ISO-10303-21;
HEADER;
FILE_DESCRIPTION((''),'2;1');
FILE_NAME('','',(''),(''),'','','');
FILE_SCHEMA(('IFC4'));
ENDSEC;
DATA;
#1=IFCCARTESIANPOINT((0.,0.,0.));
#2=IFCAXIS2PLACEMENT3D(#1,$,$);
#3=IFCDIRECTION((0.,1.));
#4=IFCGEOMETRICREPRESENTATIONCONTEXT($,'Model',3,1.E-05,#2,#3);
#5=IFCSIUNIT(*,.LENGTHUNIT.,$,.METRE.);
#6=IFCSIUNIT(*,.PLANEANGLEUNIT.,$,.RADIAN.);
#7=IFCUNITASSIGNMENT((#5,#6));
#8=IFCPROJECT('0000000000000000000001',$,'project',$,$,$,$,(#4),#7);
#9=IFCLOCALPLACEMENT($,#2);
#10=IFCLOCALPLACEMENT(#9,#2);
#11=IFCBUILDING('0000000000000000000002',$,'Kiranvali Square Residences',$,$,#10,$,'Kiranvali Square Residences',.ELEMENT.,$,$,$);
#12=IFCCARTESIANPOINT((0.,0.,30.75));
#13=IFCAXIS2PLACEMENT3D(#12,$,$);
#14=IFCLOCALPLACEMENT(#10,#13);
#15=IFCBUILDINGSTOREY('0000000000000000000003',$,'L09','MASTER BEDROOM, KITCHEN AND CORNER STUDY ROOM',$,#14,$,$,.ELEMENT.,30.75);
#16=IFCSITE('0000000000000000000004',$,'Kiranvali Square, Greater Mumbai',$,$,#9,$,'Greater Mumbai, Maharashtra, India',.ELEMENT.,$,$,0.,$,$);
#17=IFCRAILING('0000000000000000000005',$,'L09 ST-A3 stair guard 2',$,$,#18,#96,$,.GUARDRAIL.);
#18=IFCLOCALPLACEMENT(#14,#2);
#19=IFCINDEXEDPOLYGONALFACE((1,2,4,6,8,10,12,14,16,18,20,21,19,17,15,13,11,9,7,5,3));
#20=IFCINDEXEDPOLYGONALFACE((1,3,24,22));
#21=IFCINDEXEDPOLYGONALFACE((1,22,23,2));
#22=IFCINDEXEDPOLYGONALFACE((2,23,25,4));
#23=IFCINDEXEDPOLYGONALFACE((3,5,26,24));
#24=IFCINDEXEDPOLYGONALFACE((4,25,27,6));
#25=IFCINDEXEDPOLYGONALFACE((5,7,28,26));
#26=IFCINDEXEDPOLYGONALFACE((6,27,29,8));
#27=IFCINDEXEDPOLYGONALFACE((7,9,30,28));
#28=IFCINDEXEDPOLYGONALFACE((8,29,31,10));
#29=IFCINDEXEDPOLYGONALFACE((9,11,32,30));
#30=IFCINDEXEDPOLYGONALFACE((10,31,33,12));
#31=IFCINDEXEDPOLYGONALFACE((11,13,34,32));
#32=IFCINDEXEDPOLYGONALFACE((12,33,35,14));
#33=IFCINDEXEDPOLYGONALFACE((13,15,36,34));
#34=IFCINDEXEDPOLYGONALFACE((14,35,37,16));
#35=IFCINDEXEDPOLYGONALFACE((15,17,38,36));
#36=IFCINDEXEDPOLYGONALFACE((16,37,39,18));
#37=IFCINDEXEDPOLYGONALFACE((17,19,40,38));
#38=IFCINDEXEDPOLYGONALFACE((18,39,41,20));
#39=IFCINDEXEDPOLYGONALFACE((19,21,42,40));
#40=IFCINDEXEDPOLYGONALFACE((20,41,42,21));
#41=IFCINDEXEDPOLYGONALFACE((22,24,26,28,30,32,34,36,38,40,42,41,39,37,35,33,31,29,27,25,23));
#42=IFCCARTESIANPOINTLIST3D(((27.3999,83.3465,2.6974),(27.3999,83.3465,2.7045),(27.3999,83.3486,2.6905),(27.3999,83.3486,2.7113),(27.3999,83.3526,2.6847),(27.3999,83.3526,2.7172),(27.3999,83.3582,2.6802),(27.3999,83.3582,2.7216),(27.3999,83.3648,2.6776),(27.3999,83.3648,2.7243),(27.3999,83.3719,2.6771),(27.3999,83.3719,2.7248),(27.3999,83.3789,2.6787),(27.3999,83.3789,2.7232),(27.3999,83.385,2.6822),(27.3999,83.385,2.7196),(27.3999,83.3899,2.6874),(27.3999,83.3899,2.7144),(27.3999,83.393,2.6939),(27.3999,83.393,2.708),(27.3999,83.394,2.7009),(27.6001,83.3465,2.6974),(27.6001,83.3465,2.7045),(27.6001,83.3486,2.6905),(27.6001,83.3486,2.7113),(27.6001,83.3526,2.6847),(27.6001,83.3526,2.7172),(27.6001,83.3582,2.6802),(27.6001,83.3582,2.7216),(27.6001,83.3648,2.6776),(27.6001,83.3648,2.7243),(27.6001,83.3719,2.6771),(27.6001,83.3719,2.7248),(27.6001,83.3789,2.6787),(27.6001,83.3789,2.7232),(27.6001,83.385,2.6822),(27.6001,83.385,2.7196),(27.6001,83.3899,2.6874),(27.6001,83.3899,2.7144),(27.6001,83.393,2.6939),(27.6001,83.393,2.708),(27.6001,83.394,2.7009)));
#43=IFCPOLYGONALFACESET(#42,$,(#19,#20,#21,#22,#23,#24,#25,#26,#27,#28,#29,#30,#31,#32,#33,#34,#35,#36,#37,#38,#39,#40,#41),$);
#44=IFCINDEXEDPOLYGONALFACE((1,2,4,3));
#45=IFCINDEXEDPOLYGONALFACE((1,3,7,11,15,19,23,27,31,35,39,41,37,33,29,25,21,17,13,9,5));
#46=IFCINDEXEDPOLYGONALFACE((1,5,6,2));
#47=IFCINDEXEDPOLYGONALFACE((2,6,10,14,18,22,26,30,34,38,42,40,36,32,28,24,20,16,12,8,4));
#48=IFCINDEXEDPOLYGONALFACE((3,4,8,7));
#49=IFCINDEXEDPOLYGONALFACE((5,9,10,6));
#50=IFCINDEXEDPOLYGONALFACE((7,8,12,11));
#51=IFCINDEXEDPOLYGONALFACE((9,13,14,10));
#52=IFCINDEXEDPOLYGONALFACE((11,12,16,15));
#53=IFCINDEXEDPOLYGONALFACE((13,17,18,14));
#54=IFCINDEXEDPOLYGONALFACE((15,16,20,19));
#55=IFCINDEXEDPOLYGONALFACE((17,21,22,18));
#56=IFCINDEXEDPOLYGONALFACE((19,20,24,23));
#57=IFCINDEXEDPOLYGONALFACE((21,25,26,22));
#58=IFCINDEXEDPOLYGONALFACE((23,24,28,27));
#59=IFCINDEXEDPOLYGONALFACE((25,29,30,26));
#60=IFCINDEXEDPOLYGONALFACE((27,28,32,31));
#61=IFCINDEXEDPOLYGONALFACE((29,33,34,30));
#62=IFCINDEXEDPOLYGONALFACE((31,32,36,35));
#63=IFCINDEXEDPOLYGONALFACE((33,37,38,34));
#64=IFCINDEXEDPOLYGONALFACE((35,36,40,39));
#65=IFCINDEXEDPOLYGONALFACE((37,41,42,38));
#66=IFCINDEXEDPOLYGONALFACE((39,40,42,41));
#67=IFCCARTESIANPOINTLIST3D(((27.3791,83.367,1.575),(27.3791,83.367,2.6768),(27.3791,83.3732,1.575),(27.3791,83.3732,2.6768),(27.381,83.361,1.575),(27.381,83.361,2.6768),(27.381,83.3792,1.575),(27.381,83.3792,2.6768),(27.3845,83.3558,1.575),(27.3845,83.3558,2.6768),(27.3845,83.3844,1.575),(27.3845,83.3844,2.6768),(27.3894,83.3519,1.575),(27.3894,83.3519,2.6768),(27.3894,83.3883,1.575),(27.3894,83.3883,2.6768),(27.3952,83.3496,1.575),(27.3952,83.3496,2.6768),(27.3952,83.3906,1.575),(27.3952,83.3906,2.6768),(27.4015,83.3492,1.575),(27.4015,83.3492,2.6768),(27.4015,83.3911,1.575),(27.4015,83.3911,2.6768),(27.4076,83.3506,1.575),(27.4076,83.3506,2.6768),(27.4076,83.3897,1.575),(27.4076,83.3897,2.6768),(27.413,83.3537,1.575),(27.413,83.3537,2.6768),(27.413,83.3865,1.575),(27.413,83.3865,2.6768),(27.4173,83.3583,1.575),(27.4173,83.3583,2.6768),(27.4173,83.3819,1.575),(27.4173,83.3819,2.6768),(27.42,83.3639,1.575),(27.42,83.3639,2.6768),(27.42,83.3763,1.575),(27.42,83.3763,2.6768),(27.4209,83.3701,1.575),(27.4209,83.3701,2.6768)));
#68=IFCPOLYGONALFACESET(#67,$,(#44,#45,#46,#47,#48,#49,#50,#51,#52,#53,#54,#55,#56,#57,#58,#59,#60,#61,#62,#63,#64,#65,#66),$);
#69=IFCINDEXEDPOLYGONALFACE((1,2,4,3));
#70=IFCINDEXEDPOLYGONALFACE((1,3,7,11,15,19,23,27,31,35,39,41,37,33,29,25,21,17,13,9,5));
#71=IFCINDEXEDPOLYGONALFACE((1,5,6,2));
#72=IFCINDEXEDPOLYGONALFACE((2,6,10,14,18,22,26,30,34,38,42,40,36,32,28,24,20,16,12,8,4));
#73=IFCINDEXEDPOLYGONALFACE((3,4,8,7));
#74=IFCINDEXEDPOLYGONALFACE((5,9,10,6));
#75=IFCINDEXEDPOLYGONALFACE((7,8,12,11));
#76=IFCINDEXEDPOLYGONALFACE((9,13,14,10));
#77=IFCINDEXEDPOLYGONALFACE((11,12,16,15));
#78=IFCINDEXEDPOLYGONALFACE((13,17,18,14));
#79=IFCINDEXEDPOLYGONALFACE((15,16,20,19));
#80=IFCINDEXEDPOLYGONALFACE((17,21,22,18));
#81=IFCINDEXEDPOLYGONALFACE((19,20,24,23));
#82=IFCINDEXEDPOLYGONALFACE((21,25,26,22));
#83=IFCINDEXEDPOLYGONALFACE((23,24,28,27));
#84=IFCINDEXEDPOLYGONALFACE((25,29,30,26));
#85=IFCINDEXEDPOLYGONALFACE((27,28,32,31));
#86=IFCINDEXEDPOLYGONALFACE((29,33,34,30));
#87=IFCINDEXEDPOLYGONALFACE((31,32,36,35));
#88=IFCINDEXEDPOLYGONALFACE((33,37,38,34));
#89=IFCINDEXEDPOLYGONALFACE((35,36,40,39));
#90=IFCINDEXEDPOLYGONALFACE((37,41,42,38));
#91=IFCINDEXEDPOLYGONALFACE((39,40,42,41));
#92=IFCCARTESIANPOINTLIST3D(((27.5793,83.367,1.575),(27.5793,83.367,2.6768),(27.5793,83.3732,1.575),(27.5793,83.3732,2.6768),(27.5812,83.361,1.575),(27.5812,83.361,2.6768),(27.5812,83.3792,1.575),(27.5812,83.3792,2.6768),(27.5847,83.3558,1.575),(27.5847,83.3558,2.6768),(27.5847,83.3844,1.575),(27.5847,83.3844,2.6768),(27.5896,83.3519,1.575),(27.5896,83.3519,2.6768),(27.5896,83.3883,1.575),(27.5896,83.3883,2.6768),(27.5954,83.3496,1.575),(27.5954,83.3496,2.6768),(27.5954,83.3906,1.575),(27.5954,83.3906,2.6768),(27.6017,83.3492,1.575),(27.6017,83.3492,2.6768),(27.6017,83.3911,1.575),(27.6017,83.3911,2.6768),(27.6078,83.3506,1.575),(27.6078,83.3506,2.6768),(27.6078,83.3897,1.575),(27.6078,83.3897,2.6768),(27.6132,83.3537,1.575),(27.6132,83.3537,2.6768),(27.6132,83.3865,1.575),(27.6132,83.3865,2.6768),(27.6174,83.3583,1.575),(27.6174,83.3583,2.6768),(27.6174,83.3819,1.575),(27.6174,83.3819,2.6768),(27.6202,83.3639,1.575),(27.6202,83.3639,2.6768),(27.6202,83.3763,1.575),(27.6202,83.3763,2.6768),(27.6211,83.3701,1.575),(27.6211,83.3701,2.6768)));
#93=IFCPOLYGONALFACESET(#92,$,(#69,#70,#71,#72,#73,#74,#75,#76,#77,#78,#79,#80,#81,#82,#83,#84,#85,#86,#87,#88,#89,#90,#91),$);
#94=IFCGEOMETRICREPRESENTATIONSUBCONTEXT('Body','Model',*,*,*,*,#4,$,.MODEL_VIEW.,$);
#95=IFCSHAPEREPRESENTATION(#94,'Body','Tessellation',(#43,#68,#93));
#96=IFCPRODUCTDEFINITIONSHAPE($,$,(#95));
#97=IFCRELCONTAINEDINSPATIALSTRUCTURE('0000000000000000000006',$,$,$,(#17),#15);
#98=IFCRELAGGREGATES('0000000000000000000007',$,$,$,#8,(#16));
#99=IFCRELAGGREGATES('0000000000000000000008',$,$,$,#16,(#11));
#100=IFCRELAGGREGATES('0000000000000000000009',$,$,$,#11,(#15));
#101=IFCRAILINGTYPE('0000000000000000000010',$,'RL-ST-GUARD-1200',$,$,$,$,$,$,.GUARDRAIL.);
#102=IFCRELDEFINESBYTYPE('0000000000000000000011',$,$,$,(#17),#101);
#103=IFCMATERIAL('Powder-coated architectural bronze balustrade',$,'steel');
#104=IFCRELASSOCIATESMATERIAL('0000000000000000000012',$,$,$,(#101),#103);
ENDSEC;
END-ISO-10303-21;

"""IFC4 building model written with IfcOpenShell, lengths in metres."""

from ifc_helpers import new_model, si_unit, direction, frame, origin, origin_2d, place, context, subcontext, project, spatial, circle, extrude, material, type_object, element, save


model = new_model("IFC4")

# Units and contexts
model_context = context("Model", 3, precision=1e-05, world=origin(), true_north=direction((0.0, 1.0)))
body_context = subcontext(model_context, "Body", "Model", "MODEL_VIEW")
ifc_project = project(units=[si_unit("LENGTHUNIT", "METRE"), si_unit("PLANEANGLEUNIT", "RADIAN")], contexts=[model_context])

# Site, building, storey
site_placement = place(None, origin())
site = spatial("IfcSite", under=ifc_project, at=site_placement, Name="Kiranvali Square, Greater Mumbai", LongName="Greater Mumbai, Maharashtra, India", CompositionType="ELEMENT", RefElevation=0.0)
building_placement = place(site_placement, origin())
building = spatial("IfcBuilding", under=site, at=building_placement, Name="Kiranvali Square Residences", LongName="Kiranvali Square Residences", CompositionType="ELEMENT")
storey_placement = place(building_placement, frame((0.0, 0.0, 30.75)))
storey = spatial("IfcBuildingStorey", under=building, at=storey_placement, Name="L09", Description="MASTER BEDROOM, KITCHEN AND CORNER STUDY ROOM", CompositionType="ELEMENT", Elevation=30.75)

# Railing
ifc_material_1 = material(Name="Powder-coated architectural bronze balustrade", Category="steel")
railing_type = type_object("IfcRailingType", Name="RL-ST-GUARD-1200", PredefinedType="GUARDRAIL", material=ifc_material_1)
railing_1_placement = place(storey_placement, frame((27.3999, 83.3701, 1.575)))
element("IfcRailing", 1, at=railing_1_placement, inside=storey, type_object=railing_type, Name="L09 ST-A3 stair guard 2", PredefinedType="GUARDRAIL", context=body_context, shape_type="SweptSolid", body=[
    extrude(circle(Radius=0.0239, at=origin_2d()), frame((0.0, 0.0, 1.126), z_axis=(1.0, 0.0, 0.0), x_axis=(0.0, 1.0, 0.0)), (0.0, 0.0, 1.0), 0.2002),
    extrude(circle(Radius=0.021, at=origin_2d()), origin(), (0.0, 0.0, 1.0), 1.1018),
    extrude(circle(Radius=0.021, at=origin_2d()), frame((0.2002, 0.0, 0.0)), (0.0, 0.0, 1.0), 1.1018),
])

save(model, "model.ifc")
